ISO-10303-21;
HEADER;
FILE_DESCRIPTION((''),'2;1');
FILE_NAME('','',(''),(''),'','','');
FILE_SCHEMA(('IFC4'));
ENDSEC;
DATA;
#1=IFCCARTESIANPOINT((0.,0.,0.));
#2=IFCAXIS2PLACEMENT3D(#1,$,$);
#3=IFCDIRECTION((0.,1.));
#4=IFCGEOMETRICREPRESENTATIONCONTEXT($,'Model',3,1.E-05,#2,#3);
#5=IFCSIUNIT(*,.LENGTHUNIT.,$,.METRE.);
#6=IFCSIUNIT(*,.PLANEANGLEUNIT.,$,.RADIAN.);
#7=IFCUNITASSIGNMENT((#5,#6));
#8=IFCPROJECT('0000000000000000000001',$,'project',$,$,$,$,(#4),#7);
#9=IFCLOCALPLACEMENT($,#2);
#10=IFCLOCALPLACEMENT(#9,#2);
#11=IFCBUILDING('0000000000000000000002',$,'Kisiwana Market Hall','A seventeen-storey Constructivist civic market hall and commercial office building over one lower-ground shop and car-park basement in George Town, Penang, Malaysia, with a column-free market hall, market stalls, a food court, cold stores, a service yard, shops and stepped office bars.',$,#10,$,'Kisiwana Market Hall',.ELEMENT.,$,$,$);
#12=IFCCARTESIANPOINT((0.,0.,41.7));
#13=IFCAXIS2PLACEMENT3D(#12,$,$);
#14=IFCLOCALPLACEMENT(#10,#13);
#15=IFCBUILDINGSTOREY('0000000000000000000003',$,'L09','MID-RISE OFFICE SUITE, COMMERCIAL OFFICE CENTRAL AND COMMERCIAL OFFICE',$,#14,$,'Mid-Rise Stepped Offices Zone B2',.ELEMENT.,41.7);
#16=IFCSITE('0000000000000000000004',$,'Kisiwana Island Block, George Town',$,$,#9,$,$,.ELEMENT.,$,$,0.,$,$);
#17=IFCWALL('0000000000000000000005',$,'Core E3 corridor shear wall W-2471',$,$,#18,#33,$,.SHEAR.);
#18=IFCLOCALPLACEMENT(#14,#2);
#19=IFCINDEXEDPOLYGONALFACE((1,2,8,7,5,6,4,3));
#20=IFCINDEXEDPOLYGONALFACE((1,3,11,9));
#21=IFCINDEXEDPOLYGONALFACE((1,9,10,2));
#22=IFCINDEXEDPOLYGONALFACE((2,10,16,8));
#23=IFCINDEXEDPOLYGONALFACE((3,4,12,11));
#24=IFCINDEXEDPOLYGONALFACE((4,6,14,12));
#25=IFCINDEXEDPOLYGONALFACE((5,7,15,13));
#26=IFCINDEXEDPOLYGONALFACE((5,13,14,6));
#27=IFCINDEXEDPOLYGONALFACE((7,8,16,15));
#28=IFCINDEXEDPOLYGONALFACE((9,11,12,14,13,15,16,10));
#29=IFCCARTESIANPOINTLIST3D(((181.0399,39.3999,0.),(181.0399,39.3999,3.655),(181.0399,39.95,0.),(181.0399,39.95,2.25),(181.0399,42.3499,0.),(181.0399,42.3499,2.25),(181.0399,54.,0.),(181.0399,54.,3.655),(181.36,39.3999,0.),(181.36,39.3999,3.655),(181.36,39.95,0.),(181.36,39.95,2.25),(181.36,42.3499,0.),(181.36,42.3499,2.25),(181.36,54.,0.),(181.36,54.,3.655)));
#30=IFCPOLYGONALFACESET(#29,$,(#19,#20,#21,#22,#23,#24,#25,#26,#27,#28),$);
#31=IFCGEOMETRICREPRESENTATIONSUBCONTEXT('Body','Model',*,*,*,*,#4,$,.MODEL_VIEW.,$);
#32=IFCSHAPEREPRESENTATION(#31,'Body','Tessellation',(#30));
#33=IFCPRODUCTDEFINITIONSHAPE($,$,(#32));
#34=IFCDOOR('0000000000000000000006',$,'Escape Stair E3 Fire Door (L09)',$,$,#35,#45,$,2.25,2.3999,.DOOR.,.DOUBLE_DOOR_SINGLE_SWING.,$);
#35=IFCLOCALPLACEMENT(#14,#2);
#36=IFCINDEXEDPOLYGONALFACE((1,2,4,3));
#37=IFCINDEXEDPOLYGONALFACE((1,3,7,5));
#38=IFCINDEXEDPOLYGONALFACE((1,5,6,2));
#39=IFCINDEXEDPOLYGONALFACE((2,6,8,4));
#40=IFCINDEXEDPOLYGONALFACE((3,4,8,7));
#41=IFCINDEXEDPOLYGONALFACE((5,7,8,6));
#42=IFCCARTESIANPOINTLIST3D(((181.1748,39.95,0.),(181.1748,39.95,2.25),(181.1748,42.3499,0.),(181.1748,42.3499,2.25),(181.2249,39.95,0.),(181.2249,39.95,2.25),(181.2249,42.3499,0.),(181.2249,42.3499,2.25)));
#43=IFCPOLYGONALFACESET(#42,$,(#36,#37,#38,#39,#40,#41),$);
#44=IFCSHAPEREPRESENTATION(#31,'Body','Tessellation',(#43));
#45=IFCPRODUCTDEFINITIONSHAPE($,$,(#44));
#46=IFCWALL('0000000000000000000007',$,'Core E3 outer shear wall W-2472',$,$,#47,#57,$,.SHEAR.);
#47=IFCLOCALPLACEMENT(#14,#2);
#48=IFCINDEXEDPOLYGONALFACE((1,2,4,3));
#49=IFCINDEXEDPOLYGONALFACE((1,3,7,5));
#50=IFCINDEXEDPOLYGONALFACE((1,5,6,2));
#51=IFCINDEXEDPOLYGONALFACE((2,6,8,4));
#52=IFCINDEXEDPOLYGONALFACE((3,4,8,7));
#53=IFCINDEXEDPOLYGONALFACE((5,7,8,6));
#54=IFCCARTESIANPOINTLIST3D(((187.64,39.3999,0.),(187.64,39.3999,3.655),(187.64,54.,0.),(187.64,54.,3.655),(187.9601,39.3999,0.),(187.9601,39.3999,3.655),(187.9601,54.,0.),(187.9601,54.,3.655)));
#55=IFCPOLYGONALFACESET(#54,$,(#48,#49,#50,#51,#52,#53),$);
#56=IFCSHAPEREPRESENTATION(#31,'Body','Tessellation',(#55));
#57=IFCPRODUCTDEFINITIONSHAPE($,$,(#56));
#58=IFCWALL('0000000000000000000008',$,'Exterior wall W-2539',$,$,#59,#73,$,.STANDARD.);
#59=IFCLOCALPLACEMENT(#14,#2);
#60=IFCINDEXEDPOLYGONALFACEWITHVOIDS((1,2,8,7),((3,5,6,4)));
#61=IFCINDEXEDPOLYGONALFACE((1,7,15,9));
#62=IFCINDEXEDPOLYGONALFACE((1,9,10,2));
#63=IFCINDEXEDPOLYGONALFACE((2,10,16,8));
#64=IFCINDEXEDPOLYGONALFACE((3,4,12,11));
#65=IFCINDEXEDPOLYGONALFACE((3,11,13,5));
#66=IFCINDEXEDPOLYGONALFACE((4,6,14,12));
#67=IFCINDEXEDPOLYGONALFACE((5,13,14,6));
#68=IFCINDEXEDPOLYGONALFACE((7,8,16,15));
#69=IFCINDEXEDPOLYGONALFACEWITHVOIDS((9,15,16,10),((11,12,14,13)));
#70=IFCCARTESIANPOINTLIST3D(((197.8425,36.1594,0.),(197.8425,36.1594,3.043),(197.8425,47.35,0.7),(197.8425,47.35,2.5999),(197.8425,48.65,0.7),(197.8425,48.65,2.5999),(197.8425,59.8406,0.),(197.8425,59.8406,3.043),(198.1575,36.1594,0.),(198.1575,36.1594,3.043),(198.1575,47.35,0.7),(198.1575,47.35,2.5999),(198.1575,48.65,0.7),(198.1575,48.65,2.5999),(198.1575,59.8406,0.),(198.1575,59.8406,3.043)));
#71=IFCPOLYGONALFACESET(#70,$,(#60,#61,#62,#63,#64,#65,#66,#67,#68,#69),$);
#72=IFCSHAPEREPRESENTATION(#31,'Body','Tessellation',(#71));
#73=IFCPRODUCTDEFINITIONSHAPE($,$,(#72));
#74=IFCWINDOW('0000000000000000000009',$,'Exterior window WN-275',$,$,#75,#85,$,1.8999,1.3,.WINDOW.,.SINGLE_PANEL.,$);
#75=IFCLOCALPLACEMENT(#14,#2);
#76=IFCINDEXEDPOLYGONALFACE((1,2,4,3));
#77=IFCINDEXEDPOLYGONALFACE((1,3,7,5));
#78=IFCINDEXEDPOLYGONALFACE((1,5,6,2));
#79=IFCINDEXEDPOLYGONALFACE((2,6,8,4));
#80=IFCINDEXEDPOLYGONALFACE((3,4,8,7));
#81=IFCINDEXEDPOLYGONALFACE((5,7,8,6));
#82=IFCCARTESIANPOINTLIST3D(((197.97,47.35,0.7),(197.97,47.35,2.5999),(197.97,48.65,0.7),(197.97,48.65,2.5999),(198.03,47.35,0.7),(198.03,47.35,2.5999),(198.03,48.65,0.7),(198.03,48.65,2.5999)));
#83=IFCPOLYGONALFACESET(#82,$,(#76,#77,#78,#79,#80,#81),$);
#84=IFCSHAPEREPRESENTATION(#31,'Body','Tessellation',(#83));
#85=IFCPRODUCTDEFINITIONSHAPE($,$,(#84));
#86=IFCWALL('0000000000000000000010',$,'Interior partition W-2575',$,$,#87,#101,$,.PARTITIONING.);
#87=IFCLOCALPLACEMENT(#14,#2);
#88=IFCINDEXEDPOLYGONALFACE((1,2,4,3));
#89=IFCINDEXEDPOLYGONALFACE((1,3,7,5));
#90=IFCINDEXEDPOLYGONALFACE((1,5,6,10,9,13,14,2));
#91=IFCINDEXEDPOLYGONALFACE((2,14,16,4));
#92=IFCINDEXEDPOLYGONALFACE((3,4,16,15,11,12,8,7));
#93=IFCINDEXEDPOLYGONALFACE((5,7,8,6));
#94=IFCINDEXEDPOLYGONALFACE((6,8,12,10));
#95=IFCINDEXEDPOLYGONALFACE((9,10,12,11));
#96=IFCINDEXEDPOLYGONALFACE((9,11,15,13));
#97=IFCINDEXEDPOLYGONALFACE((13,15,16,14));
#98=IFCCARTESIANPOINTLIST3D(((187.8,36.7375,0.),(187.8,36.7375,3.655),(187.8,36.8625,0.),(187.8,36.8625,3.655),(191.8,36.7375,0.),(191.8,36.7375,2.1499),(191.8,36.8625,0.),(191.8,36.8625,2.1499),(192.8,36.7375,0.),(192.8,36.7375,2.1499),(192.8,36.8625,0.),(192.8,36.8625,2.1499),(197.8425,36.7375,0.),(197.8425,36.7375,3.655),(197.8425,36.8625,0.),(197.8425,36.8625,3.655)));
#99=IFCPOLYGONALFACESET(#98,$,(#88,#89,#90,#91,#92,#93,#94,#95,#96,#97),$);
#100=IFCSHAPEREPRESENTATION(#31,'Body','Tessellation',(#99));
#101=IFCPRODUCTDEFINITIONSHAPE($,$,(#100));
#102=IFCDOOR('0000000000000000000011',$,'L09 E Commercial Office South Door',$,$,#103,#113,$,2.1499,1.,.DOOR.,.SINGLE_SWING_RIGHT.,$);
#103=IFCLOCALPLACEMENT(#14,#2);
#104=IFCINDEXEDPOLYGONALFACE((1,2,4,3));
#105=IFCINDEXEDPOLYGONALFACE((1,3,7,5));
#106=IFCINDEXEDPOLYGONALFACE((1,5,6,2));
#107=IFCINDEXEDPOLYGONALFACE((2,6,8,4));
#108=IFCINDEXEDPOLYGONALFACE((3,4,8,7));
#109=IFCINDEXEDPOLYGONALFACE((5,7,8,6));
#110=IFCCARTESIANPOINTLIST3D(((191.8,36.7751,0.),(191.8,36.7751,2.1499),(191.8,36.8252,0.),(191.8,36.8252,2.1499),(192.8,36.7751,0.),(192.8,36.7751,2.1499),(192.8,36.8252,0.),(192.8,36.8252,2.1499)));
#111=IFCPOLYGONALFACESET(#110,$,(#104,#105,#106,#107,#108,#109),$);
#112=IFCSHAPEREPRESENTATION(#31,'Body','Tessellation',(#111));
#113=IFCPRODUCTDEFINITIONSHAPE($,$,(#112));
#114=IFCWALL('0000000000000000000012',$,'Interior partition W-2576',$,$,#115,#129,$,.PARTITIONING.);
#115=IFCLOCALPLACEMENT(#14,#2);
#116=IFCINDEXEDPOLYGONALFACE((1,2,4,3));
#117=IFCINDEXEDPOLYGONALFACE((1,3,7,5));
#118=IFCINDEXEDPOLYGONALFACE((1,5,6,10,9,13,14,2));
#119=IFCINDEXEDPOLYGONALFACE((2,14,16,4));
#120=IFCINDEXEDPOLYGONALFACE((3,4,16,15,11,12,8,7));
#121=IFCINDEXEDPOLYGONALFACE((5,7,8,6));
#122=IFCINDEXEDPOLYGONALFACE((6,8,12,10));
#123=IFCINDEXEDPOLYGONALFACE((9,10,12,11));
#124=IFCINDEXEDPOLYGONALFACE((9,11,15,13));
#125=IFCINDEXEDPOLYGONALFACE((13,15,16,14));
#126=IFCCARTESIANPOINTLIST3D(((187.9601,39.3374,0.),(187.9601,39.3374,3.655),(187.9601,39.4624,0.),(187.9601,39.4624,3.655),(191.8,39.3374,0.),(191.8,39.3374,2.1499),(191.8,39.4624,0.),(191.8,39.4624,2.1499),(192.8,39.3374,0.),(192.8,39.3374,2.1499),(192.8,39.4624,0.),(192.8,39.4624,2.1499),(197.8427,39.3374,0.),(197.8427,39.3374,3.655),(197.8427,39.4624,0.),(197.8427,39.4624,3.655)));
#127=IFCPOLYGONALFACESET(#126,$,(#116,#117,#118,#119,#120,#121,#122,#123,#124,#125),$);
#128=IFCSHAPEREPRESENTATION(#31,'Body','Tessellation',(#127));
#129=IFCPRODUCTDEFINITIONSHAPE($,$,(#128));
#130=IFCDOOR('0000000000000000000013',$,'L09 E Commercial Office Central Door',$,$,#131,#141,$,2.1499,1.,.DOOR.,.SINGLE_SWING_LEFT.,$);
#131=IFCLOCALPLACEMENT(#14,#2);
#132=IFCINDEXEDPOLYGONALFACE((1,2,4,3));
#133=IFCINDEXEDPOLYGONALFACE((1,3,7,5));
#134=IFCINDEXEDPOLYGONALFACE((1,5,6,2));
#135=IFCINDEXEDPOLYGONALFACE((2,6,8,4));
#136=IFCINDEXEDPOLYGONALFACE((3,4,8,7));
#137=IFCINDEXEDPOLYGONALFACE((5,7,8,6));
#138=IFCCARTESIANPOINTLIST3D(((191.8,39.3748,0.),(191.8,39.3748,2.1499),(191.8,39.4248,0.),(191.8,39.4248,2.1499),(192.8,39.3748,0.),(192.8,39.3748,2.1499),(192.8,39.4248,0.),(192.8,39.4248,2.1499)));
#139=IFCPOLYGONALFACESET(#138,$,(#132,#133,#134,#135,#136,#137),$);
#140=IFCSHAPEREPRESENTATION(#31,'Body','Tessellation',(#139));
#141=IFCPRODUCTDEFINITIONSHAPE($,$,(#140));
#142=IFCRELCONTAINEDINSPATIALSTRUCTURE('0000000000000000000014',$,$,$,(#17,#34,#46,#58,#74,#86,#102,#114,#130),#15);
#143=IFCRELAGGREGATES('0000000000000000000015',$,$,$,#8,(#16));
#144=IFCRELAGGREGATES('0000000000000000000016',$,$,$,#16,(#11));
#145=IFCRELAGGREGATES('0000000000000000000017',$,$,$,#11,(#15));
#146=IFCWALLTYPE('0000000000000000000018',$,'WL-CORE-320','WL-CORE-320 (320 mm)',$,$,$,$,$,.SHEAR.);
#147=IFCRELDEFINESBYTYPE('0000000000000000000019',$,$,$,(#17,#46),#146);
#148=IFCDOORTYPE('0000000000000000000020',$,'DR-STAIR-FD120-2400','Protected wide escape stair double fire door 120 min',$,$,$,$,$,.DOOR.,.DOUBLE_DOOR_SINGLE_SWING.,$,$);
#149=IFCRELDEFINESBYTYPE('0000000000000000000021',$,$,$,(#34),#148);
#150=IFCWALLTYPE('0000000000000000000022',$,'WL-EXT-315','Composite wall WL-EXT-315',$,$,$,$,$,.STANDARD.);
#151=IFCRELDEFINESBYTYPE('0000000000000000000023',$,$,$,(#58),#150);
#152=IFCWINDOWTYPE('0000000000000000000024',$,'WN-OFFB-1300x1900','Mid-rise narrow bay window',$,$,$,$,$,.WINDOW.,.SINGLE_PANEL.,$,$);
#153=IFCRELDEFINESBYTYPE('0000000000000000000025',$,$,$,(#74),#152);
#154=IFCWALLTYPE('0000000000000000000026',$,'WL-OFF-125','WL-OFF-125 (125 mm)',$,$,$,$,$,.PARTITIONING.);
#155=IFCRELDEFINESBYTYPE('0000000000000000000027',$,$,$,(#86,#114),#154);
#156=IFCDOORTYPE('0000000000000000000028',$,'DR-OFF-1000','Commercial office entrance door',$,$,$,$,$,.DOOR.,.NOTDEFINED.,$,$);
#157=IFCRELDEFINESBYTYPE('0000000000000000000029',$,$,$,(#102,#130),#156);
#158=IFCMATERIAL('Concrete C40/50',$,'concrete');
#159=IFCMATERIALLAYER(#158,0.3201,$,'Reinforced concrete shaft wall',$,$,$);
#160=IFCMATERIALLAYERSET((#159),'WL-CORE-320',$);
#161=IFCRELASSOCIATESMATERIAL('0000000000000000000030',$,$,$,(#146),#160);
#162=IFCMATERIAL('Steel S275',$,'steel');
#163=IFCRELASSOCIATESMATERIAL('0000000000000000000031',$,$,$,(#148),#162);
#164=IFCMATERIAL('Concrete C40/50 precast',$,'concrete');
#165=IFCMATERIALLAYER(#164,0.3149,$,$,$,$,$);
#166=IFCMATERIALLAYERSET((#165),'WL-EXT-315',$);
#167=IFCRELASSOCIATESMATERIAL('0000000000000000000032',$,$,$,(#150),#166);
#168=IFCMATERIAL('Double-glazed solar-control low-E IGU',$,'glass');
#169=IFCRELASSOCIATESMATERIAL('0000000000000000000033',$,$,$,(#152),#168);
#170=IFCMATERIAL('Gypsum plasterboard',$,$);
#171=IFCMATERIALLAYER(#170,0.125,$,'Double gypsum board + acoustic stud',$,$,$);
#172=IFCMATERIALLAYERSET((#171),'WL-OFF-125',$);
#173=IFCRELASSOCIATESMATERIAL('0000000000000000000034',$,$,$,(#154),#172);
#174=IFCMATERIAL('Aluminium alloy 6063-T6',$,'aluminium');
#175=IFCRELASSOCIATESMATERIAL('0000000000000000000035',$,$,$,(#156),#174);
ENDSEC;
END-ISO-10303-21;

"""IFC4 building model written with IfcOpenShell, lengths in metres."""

from ifc_helpers import new_model, si_unit, direction, frame, frame_2d, origin, place, context, subcontext, project, spatial, rectangle, extrude, material, layer, layer_set, type_object, element, fill, save


model = new_model("IFC4")

# Units and contexts
model_context = context("Model", 3, precision=1e-05, world=origin(), true_north=direction((0.0, 1.0)))
body_context = subcontext(model_context, "Body", "Model", "MODEL_VIEW")
ifc_project = project(units=[si_unit("LENGTHUNIT", "METRE"), si_unit("PLANEANGLEUNIT", "RADIAN")], contexts=[model_context])

# Site, building, storey
site_placement = place(None, origin())
site = spatial("IfcSite", under=ifc_project, at=site_placement, Name="Kisiwana Island Block, George Town", CompositionType="ELEMENT", RefElevation=0.0)
building_placement = place(site_placement, origin())
building = spatial("IfcBuilding", under=site, at=building_placement, Name="Kisiwana Market Hall", Description="A seventeen-storey Constructivist civic market hall and commercial office building over one lower-ground shop and car-park basement in George Town, Penang, Malaysia, with a column-free market hall, market stalls, a food court, cold stores, a service yard, shops and stepped office bars.", LongName="Kisiwana Market Hall", CompositionType="ELEMENT")
storey_placement = place(building_placement, frame((0.0, 0.0, 41.7)))
storey = spatial("IfcBuildingStorey", under=building, at=storey_placement, Name="L09", Description="MID-RISE OFFICE SUITE, COMMERCIAL OFFICE CENTRAL AND COMMERCIAL OFFICE", LongName="Mid-Rise Stepped Offices Zone B2", CompositionType="ELEMENT", Elevation=41.7)

# Shared definitions
ifc_material_1 = material(Name="Concrete C40/50", Category="concrete")
ifc_layer_1 = layer(ifc_material_1, 0.3201, Name="Reinforced concrete shaft wall")
ifc_layer_set_1 = layer_set([ifc_layer_1], Name="WL-CORE-320")
wall_type_1 = type_object("IfcWallType", Name="WL-CORE-320", Description="WL-CORE-320 (320 mm)", PredefinedType="SHEAR", material=ifc_layer_set_1)

# Wall, opening, door
wall_1_placement = place(storey_placement, frame((181.2, 39.3999, 0.0), z_axis=(0.0, 0.0, 1.0), x_axis=(0.0, 1.0, 0.0)))
wall_1 = element("IfcWall", 1, at=wall_1_placement, inside=storey, type_object=wall_type_1, Name="Core E3 corridor shear wall W-2471", PredefinedType="SHEAR", context=body_context, shape_type="SweptSolid", body=[
    extrude(rectangle(XDim=14.6001, YDim=0.3201, at=frame_2d((7.3, 0.0))), origin(), (0.0, 0.0, 1.0), 3.655),
])
opening_1_placement = place(wall_1_placement, frame((0.55, 0.0, 0.0)))
opening_1 = element("IfcOpeningElement", 2, at=opening_1_placement, cuts=wall_1, PredefinedType="OPENING", context=body_context, shape_type="SweptSolid", body=[
    extrude(rectangle(XDim=2.3999, YDim=2.25, at=frame_2d((1.2, 1.125))), frame((0.0, 0.1719, 0.0), z_axis=(0.0, -1.0, 0.0), x_axis=(1.0, 0.0, 0.0)), (0.0, 0.0, 1.0), 0.344),
])
ifc_material_2 = material(Name="Steel S275", Category="steel")
door_type_1 = type_object("IfcDoorType", Name="DR-STAIR-FD120-2400", Description="Protected wide escape stair double fire door 120 min", OperationType="DOUBLE_DOOR_SINGLE_SWING", PredefinedType="DOOR", material=ifc_material_2)
door_1_placement = place(opening_1_placement, frame((2.3999, 0.0, 0.0), z_axis=(0.0, 0.0, 1.0), x_axis=(-1.0, 0.0, 0.0)))
door_1 = element("IfcDoor", 3, at=door_1_placement, inside=storey, type_object=door_type_1, Name="Escape Stair E3 Fire Door (L09)", OperationType="DOUBLE_DOOR_SINGLE_SWING", OverallHeight=2.25, OverallWidth=2.3999, PredefinedType="DOOR", context=body_context, shape_type="SweptSolid", body=[
    extrude(rectangle(XDim=2.3999, YDim=2.25, at=frame_2d((1.2, 1.125))), frame((0.0, 0.0249, 0.0), z_axis=(0.0, -1.0, 0.0), x_axis=(1.0, 0.0, 0.0)), (0.0, 0.0, 1.0), 0.05),
])
fill(opening_1, door_1)

# Wall
wall_2_placement = place(storey_placement, frame((187.8, 39.3999, 0.0), z_axis=(0.0, 0.0, 1.0), x_axis=(0.0, 1.0, 0.0)))
element("IfcWall", 4, at=wall_2_placement, inside=storey, type_object=wall_type_1, Name="Core E3 outer shear wall W-2472", PredefinedType="SHEAR", context=body_context, shape_type="SweptSolid", body=[
    extrude(rectangle(XDim=14.6001, YDim=0.3201, at=frame_2d((7.3, 0.0))), origin(), (0.0, 0.0, 1.0), 3.655),
])

# Wall, opening, window
ifc_material_3 = material(Name="Concrete C40/50 precast", Category="concrete")
ifc_layer_2 = layer(ifc_material_3, 0.3149)
ifc_layer_set_2 = layer_set([ifc_layer_2], Name="WL-EXT-315")
wall_type_2 = type_object("IfcWallType", Name="WL-EXT-315", Description="Composite wall WL-EXT-315", PredefinedType="STANDARD", material=ifc_layer_set_2)
wall_3_placement = place(storey_placement, frame((198.0, 36.1594, 0.0), z_axis=(0.0, 0.0, 1.0), x_axis=(0.0, 1.0, 0.0)))
wall_3 = element("IfcWall", 5, at=wall_3_placement, inside=storey, type_object=wall_type_2, Name="Exterior wall W-2539", PredefinedType="STANDARD", context=body_context, shape_type="SweptSolid", body=[
    extrude(rectangle(XDim=23.6812, YDim=0.3149, at=frame_2d((11.8406, 0.0))), origin(), (0.0, 0.0, 1.0), 3.043),
])
opening_2_placement = place(wall_3_placement, frame((11.1907, 0.0, 0.7)))
opening_2 = element("IfcOpeningElement", 6, at=opening_2_placement, cuts=wall_3, PredefinedType="OPENING", context=body_context, shape_type="SweptSolid", body=[
    extrude(rectangle(XDim=1.3, YDim=1.8999, at=frame_2d((0.6499, 0.95))), frame((0.0, 0.1694, 0.0), z_axis=(0.0, -1.0, 0.0), x_axis=(1.0, 0.0, 0.0)), (0.0, 0.0, 1.0), 0.3389),
])
ifc_material_4 = material(Name="Double-glazed solar-control low-E IGU", Category="glass")
window_type = type_object("IfcWindowType", Name="WN-OFFB-1300x1900", Description="Mid-rise narrow bay window", PartitioningType="SINGLE_PANEL", PredefinedType="WINDOW", material=ifc_material_4)
window_placement = place(opening_2_placement, origin())
window = element("IfcWindow", 7, at=window_placement, inside=storey, type_object=window_type, Name="Exterior window WN-275", OverallHeight=1.8999, OverallWidth=1.3, PartitioningType="SINGLE_PANEL", PredefinedType="WINDOW", context=body_context, shape_type="SweptSolid", body=[
    extrude(rectangle(XDim=1.3, YDim=1.8999, at=frame_2d((0.6499, 0.95))), frame((0.0, 0.03, 0.0), z_axis=(0.0, -1.0, 0.0), x_axis=(1.0, 0.0, 0.0)), (0.0, 0.0, 1.0), 0.0601),
])
fill(opening_2, window)

# Walls, openings, doors
ifc_material_5 = material(Name="Gypsum plasterboard")
ifc_layer_3 = layer(ifc_material_5, 0.125, Name="Double gypsum board + acoustic stud")
ifc_layer_set_3 = layer_set([ifc_layer_3], Name="WL-OFF-125")
wall_type_3 = type_object("IfcWallType", Name="WL-OFF-125", Description="WL-OFF-125 (125 mm)", PredefinedType="PARTITIONING", material=ifc_layer_set_3)
wall_4_placement = place(storey_placement, frame((187.8, 36.8, 0.0), z_axis=(0.0, 0.0, 1.0), x_axis=(1.0, 0.0, 0.0)))
wall_4 = element("IfcWall", 8, at=wall_4_placement, inside=storey, type_object=wall_type_3, Name="Interior partition W-2575", PredefinedType="PARTITIONING", context=body_context, shape_type="SweptSolid", body=[
    extrude(rectangle(XDim=10.0425, YDim=0.125, at=frame_2d((5.0212, 0.0))), origin(), (0.0, 0.0, 1.0), 3.655),
])
opening_3_placement = place(wall_4_placement, frame((4.0, 0.0, 0.0)))
opening_3 = element("IfcOpeningElement", 9, at=opening_3_placement, cuts=wall_4, PredefinedType="OPENING", context=body_context, shape_type="SweptSolid", body=[
    extrude(rectangle(XDim=1.0, YDim=2.1499, at=frame_2d((0.5, 1.075))), frame((0.0, 0.0745, 0.0), z_axis=(0.0, -1.0, 0.0), x_axis=(1.0, 0.0, 0.0)), (0.0, 0.0, 1.0), 0.1489),
])
ifc_material_6 = material(Name="Aluminium alloy 6063-T6", Category="aluminium")
door_type_2 = type_object("IfcDoorType", Name="DR-OFF-1000", Description="Commercial office entrance door", OperationType="NOTDEFINED", PredefinedType="DOOR", material=ifc_material_6)
door_2_placement = place(opening_3_placement, frame((1.0, 0.0, 0.0), z_axis=(0.0, 0.0, 1.0), x_axis=(-1.0, 0.0, 0.0)))
door_2 = element("IfcDoor", 10, at=door_2_placement, inside=storey, type_object=door_type_2, Name="L09 E Commercial Office South Door", OperationType="SINGLE_SWING_RIGHT", OverallHeight=2.1499, OverallWidth=1.0, PredefinedType="DOOR", context=body_context, shape_type="SweptSolid", body=[
    extrude(rectangle(XDim=1.0, YDim=2.1499, at=frame_2d((0.5, 1.075))), frame((0.0, 0.0249, 0.0), z_axis=(0.0, -1.0, 0.0), x_axis=(1.0, 0.0, 0.0)), (0.0, 0.0, 1.0), 0.05),
])
fill(opening_3, door_2)
wall_5_placement = place(storey_placement, frame((187.96, 39.3999, 0.0), z_axis=(0.0, 0.0, 1.0), x_axis=(1.0, 0.0, 0.0)))
wall_5 = element("IfcWall", 11, at=wall_5_placement, inside=storey, type_object=wall_type_3, Name="Interior partition W-2576", PredefinedType="PARTITIONING", context=body_context, shape_type="SweptSolid", body=[
    extrude(rectangle(XDim=9.8826, YDim=0.125, at=frame_2d((4.9414, 0.0))), origin(), (0.0, 0.0, 1.0), 3.655),
])
opening_4_placement = place(wall_5_placement, frame((3.8401, 0.0, 0.0)))
opening_4 = element("IfcOpeningElement", 12, at=opening_4_placement, cuts=wall_5, PredefinedType="OPENING", context=body_context, shape_type="SweptSolid", body=[
    extrude(rectangle(XDim=1.0, YDim=2.1499, at=frame_2d((0.5, 1.075))), frame((0.0, 0.0745, 0.0), z_axis=(0.0, -1.0, 0.0), x_axis=(1.0, 0.0, 0.0)), (0.0, 0.0, 1.0), 0.1489),
])
door_3_placement = place(opening_4_placement, origin())
door_3 = element("IfcDoor", 13, at=door_3_placement, inside=storey, type_object=door_type_2, Name="L09 E Commercial Office Central Door", OperationType="SINGLE_SWING_LEFT", OverallHeight=2.1499, OverallWidth=1.0, PredefinedType="DOOR", context=body_context, shape_type="SweptSolid", body=[
    extrude(rectangle(XDim=1.0, YDim=2.1499, at=frame_2d((0.5, 1.075))), frame((0.0, 0.0249, 0.0), z_axis=(0.0, -1.0, 0.0), x_axis=(1.0, 0.0, 0.0)), (0.0, 0.0, 1.0), 0.05),
])
fill(opening_4, door_3)

save(model, "model.ifc")
